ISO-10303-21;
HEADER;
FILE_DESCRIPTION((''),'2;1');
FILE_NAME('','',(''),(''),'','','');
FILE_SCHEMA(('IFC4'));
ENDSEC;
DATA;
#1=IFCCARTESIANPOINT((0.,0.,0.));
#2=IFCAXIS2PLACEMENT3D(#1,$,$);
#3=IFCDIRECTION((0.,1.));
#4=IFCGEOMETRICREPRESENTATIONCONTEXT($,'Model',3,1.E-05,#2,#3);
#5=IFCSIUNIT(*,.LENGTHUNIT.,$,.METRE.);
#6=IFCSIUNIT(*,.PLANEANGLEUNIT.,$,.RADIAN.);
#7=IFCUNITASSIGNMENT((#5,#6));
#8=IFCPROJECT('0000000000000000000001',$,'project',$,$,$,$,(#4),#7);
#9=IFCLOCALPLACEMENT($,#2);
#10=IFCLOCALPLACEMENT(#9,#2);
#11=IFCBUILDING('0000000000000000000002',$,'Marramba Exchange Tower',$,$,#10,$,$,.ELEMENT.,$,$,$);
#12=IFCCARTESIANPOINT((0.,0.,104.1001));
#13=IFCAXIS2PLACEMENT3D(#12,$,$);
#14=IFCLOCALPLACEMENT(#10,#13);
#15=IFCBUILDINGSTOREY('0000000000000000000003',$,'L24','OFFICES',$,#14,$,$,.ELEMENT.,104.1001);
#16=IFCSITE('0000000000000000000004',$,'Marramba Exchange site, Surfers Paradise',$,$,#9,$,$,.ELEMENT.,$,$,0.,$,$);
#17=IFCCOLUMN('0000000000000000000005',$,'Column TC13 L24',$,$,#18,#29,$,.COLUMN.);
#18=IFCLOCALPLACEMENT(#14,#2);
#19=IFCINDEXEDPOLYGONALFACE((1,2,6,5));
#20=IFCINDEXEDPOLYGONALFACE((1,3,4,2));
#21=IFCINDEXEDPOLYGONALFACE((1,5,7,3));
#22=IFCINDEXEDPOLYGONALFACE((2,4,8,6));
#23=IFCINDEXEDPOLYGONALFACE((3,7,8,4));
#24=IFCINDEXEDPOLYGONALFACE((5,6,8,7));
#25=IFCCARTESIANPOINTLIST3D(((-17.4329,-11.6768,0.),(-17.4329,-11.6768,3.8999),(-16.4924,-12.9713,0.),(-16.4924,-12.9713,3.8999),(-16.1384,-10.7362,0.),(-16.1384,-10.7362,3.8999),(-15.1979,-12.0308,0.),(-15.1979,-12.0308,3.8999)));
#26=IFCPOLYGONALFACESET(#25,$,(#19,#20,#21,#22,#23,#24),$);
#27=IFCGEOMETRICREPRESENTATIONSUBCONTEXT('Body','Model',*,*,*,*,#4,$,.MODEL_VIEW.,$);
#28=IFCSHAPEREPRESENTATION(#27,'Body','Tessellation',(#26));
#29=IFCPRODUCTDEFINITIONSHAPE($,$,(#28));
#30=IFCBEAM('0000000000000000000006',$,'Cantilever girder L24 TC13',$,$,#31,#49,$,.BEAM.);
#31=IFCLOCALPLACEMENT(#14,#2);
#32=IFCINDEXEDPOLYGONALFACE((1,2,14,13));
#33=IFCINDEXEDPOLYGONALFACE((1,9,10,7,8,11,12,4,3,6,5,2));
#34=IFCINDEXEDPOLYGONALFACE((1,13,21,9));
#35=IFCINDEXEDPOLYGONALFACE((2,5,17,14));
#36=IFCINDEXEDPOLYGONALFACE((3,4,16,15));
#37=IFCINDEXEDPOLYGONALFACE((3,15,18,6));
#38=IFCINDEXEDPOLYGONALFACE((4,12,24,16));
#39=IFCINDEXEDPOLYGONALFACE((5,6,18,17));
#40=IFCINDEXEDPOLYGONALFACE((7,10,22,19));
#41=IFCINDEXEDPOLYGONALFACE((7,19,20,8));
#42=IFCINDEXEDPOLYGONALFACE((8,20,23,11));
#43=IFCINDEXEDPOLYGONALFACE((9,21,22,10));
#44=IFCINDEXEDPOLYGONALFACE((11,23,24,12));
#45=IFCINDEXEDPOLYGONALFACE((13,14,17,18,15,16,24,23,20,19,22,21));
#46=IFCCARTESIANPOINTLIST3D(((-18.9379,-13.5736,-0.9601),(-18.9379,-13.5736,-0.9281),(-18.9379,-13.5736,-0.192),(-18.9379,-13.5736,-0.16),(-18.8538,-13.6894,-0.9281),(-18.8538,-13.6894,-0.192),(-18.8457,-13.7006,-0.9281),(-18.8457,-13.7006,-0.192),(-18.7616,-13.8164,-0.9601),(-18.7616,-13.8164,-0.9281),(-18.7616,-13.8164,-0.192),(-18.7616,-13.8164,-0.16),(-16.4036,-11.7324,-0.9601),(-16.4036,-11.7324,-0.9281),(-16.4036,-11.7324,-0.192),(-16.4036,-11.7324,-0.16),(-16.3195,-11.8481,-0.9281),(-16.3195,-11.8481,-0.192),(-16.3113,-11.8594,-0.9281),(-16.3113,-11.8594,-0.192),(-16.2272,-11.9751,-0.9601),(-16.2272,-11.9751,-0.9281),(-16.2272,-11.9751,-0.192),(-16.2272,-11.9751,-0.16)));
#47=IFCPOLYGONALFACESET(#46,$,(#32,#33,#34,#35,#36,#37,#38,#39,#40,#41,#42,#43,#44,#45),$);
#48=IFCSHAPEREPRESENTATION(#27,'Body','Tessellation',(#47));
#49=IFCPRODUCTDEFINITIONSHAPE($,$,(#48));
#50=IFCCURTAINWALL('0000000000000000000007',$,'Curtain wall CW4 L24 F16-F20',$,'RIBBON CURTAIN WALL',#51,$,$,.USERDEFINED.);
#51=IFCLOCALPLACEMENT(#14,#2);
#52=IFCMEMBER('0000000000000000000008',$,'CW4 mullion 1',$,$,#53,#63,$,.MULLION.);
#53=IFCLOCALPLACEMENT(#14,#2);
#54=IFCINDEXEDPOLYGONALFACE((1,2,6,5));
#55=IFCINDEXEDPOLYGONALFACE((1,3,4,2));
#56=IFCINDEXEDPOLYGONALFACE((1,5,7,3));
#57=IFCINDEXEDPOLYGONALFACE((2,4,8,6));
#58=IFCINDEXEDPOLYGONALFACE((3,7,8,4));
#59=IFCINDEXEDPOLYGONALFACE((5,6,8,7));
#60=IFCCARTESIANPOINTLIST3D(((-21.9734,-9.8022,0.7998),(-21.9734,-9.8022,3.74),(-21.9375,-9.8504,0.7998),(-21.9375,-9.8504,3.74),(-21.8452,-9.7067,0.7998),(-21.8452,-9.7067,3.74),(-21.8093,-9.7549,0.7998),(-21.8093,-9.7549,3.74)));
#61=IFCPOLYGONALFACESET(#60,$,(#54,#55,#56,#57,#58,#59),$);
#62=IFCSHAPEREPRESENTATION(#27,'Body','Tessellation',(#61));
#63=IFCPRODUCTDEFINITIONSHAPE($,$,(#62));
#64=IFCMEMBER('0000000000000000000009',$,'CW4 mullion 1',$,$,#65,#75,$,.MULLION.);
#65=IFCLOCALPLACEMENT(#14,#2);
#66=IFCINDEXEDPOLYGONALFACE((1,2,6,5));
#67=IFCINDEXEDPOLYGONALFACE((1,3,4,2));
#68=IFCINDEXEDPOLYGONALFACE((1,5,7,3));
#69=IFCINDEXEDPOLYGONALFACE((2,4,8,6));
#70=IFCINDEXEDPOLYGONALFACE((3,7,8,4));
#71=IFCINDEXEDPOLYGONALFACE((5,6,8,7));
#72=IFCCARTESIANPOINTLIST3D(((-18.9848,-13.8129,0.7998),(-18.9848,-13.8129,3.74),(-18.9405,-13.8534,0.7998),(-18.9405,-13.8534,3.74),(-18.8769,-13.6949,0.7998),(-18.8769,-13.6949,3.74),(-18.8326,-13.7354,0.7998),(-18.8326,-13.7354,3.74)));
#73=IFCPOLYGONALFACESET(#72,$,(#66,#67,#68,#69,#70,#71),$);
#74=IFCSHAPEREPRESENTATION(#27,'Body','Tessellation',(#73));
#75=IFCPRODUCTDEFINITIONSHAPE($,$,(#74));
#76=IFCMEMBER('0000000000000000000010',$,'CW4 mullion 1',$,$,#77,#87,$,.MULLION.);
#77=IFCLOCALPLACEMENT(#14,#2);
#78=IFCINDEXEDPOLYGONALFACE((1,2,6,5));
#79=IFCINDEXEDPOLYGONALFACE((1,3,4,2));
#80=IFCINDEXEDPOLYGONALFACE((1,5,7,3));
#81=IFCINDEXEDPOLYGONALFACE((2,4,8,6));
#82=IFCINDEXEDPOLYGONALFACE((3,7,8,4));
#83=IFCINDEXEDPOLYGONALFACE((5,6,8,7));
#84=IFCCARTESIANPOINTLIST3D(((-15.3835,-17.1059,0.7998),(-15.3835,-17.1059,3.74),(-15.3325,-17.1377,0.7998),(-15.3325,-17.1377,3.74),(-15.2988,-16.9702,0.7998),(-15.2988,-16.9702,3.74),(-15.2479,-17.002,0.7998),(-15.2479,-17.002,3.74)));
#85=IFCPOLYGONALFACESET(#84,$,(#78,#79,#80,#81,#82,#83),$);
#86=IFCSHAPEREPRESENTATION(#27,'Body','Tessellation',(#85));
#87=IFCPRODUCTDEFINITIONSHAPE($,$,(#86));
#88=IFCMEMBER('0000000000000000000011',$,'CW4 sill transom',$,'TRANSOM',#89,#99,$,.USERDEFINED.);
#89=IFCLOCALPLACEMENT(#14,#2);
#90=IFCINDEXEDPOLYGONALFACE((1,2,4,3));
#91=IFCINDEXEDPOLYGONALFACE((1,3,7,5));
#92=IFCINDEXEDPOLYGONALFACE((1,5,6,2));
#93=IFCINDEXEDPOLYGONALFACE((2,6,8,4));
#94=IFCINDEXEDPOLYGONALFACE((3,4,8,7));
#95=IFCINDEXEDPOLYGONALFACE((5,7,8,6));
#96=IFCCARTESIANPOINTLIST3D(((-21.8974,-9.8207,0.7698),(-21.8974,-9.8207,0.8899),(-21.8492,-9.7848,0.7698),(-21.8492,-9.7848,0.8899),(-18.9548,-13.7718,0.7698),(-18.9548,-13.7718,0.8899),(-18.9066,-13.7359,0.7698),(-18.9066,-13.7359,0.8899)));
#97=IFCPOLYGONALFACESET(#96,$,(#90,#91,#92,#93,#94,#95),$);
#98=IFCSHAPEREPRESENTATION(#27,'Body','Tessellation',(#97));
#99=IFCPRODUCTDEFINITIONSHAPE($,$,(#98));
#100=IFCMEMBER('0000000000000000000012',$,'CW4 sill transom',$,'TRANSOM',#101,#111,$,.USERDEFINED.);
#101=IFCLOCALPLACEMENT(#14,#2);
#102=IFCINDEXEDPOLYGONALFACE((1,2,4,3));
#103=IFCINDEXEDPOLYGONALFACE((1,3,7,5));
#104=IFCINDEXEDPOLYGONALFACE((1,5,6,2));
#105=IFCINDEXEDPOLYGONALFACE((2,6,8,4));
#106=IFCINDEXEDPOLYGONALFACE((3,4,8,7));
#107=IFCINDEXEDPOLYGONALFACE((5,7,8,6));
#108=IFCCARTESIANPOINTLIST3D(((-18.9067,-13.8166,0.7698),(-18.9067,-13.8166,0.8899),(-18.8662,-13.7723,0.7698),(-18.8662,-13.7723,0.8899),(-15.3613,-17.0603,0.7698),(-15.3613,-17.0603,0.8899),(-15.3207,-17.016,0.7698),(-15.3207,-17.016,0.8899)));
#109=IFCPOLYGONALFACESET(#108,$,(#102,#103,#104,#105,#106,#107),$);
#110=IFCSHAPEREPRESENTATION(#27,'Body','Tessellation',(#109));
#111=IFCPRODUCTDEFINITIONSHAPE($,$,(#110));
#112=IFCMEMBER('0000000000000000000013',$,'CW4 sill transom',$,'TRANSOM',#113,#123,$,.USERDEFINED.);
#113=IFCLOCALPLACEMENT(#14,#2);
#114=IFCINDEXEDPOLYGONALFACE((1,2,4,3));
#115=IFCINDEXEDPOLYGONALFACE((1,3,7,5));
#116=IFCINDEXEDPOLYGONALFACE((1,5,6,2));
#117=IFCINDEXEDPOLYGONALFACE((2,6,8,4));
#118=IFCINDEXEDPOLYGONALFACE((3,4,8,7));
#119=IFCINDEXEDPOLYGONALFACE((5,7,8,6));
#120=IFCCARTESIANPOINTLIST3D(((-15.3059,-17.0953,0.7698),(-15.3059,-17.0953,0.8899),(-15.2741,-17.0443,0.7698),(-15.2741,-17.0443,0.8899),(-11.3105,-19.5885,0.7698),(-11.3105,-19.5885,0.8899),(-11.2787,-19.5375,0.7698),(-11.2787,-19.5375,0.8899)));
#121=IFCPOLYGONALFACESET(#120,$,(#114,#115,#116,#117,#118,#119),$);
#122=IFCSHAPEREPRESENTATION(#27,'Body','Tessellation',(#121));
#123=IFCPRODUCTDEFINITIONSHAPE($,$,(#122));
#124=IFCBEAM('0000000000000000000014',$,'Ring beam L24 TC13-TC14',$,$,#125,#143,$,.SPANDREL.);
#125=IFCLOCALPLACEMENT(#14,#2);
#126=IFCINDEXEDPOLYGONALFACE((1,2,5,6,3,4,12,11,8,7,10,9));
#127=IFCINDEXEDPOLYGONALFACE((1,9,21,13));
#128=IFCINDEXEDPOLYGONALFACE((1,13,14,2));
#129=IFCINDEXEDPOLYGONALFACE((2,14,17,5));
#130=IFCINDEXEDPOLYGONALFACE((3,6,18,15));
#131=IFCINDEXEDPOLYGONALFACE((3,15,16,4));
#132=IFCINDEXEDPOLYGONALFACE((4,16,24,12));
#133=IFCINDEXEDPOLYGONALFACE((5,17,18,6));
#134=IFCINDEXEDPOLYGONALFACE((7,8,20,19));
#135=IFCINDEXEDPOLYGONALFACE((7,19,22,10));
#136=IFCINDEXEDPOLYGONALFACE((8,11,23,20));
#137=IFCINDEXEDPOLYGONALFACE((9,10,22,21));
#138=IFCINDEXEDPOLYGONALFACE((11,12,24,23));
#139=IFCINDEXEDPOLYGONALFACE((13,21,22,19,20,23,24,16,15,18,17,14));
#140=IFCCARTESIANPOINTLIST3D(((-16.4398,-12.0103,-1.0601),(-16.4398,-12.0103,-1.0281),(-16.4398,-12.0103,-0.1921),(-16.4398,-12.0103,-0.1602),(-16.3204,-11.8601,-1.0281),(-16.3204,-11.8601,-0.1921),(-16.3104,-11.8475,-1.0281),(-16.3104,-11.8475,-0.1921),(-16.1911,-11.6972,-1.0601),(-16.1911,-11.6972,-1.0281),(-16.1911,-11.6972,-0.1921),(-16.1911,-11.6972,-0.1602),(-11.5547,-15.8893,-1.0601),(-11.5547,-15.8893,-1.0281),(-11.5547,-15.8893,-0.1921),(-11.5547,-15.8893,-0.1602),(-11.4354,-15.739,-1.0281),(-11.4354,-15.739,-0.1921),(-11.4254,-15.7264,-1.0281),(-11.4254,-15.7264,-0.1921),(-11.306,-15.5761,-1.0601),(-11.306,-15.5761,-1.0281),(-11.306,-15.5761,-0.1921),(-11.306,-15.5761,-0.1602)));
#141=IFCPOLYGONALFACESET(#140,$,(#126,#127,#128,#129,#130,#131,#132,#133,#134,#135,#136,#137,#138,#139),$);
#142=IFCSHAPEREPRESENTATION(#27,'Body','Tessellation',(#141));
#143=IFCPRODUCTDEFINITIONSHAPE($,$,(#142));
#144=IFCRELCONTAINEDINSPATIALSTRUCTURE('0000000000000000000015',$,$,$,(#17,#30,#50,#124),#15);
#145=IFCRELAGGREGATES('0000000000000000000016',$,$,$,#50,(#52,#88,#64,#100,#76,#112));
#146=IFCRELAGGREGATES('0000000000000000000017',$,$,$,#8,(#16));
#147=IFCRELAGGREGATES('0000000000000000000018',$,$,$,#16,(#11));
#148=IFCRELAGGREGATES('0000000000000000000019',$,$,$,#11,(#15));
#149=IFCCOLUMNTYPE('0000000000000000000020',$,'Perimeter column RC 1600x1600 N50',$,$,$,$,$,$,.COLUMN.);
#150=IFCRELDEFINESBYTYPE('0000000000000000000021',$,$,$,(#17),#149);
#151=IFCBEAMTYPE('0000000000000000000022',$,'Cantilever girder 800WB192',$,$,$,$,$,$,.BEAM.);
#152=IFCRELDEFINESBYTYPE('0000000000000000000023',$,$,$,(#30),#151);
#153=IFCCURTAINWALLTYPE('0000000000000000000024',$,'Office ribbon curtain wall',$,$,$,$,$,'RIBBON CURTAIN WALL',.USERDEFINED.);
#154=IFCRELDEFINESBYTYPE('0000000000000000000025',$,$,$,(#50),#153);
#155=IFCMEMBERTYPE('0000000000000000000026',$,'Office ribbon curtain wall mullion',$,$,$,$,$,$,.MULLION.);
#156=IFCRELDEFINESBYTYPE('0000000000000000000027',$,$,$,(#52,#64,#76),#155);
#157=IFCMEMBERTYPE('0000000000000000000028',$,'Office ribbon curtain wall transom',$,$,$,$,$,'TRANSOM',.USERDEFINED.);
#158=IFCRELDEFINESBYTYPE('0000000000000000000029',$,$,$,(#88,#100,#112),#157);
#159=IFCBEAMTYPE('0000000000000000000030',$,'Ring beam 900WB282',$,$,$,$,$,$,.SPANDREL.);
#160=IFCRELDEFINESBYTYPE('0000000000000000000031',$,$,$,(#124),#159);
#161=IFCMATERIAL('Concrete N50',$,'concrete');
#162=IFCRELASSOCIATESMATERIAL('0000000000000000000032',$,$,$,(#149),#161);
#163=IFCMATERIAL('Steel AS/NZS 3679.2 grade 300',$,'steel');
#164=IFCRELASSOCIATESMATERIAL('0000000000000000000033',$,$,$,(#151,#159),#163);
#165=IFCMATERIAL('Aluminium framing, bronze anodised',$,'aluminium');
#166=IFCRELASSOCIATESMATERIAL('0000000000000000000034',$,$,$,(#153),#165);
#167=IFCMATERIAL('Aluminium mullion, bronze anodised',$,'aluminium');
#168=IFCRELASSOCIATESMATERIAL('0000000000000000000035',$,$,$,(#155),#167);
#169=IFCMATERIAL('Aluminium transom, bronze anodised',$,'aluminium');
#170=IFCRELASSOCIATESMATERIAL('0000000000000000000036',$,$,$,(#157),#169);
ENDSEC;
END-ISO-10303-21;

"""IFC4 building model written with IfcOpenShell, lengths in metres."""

from ifc_helpers import new_model, si_unit, direction, frame, origin, origin_2d, place, context, subcontext, project, spatial, rectangle, i_section, extrude, material, material_profile, profile_set, type_object, element, aggregate, save


model = new_model("IFC4")

# Units and contexts
model_context = context("Model", 3, precision=1e-05, world=origin(), true_north=direction((0.0, 1.0)))
body_context = subcontext(model_context, "Body", "Model", "MODEL_VIEW")
ifc_project = project(units=[si_unit("LENGTHUNIT", "METRE"), si_unit("PLANEANGLEUNIT", "RADIAN")], contexts=[model_context])

# Site, building, storey
site_placement = place(None, origin())
site = spatial("IfcSite", under=ifc_project, at=site_placement, Name="Marramba Exchange site, Surfers Paradise", CompositionType="ELEMENT", RefElevation=0.0)
building_placement = place(site_placement, origin())
building = spatial("IfcBuilding", under=site, at=building_placement, Name="Marramba Exchange Tower", CompositionType="ELEMENT")
storey_placement = place(building_placement, frame((0.0, 0.0, 104.1001)))
storey = spatial("IfcBuildingStorey", under=building, at=storey_placement, Name="L24", Description="OFFICES", CompositionType="ELEMENT", Elevation=104.1001)

# Column
ifc_material_1 = material(Name="Concrete N50", Category="concrete")
ifc_material_profile_1 = material_profile(ifc_material_1, rectangle(XDim=1.6001, YDim=1.6001, at=origin_2d()), Name="RC 1600x1600")
ifc_profile_set_1 = profile_set([ifc_material_profile_1], Name="Concrete N50")
column_type = type_object("IfcColumnType", Name="Perimeter column RC 1600x1600 N50", PredefinedType="COLUMN", material=ifc_profile_set_1)
column_placement = place(storey_placement, frame((-16.3154, -11.8538, 0.0), z_axis=(0.0, 0.0, 1.0), x_axis=(-0.809017, -0.587785, 0.0)))
element("IfcColumn", 1, at=column_placement, inside=storey, type_object=column_type, Name="Column TC13 L24", PredefinedType="COLUMN", context=body_context, shape_type="SweptSolid", body=[
    extrude(rectangle(XDim=1.6001, YDim=1.6001, at=origin_2d()), origin(), (0.0, 0.0, 1.0), 3.8999),
])

# Beam
ifc_material_2 = material(Name="Steel AS/NZS 3679.2 grade 300", Category="steel")
ifc_material_profile_2 = material_profile(ifc_material_2, i_section(OverallWidth=0.3, OverallDepth=0.8, WebThickness=0.0139, FlangeThickness=0.032, at=origin_2d()), Name="800WB192")
ifc_profile_set_2 = profile_set([ifc_material_profile_2], Name="Steel AS/NZS 3679.2 grade 300")
beam_type_1 = type_object("IfcBeamType", Name="Cantilever girder 800WB192", PredefinedType="BEAM", material=ifc_profile_set_2)
beam_1_placement = place(storey_placement, frame((-16.3154, -11.8538, -0.5601), z_axis=(-0.809026, -0.587773, 0.0), x_axis=(0.587773, -0.809026, 0.0)))
element("IfcBeam", 2, at=beam_1_placement, inside=storey, type_object=beam_type_1, Name="Cantilever girder L24 TC13", PredefinedType="BEAM", context=body_context, shape_type="SweptSolid", body=[
    extrude(i_section(OverallWidth=0.3, OverallDepth=0.8, WebThickness=0.0139, FlangeThickness=0.032, at=origin_2d()), origin(), (0.0, 0.0, 1.0), 3.1326),
])

# Curtain wall, members
ifc_material_3 = material(Name="Aluminium framing, bronze anodised", Category="aluminium")
curtain_wall_type = type_object("IfcCurtainWallType", Name="Office ribbon curtain wall", ElementType="RIBBON CURTAIN WALL", PredefinedType="USERDEFINED", material=ifc_material_3)
curtain_wall_placement = place(storey_placement, origin())
curtain_wall = element("IfcCurtainWall", 3, at=curtain_wall_placement, inside=storey, type_object=curtain_wall_type, Name="Curtain wall CW4 L24 F16-F20", ObjectType="RIBBON CURTAIN WALL", PredefinedType="USERDEFINED")
ifc_material_4 = material(Name="Aluminium mullion, bronze anodised", Category="aluminium")
ifc_material_profile_3 = material_profile(ifc_material_4, rectangle(XDim=0.1599, YDim=0.0601, at=origin_2d()), Name="CW4 mullion 60x160")
ifc_profile_set_3 = profile_set([ifc_material_profile_3], Name="Aluminium mullion, bronze anodised")
member_type_1 = type_object("IfcMemberType", Name="Office ribbon curtain wall mullion", PredefinedType="MULLION", material=ifc_profile_set_3)
member_1_placement = place(storey_placement, frame((-21.8914, -9.7786, 0.7998), z_axis=(0.0, 0.0, 1.0), x_axis=(0.802014, 0.597305, 0.0)))
member_1 = element("IfcMember", 4, at=member_1_placement, type_object=member_type_1, Name="CW4 mullion 1", PredefinedType="MULLION", context=body_context, shape_type="SweptSolid", body=[
    extrude(rectangle(XDim=0.1599, YDim=0.0601, at=origin_2d()), origin(), (0.0, 0.0, 1.0), 2.9402),
])
member_2_placement = place(storey_placement, frame((-18.9087, -13.7742, 0.7998), z_axis=(0.0, 0.0, 1.0), x_axis=(0.674995, 0.737822, 0.0)))
member_2 = element("IfcMember", 5, at=member_2_placement, type_object=member_type_1, Name="CW4 mullion 1", PredefinedType="MULLION", context=body_context, shape_type="SweptSolid", body=[
    extrude(rectangle(XDim=0.1599, YDim=0.0601, at=origin_2d()), origin(), (0.0, 0.0, 1.0), 2.9402),
])
member_3_placement = place(storey_placement, frame((-15.3157, -17.054, 0.7998), z_axis=(0.0, 0.0, 1.0), x_axis=(0.529428, 0.848355, 0.0)))
member_3 = element("IfcMember", 6, at=member_3_placement, type_object=member_type_1, Name="CW4 mullion 1", PredefinedType="MULLION", context=body_context, shape_type="SweptSolid", body=[
    extrude(rectangle(XDim=0.1599, YDim=0.0601, at=origin_2d()), origin(), (0.0, 0.0, 1.0), 2.9402),
])
ifc_material_5 = material(Name="Aluminium transom, bronze anodised", Category="aluminium")
ifc_material_profile_4 = material_profile(ifc_material_5, rectangle(XDim=0.0601, YDim=0.1201, at=origin_2d()), Name="CW4 transom 60x120")
ifc_profile_set_4 = profile_set([ifc_material_profile_4], Name="Aluminium transom, bronze anodised")
member_type_2 = type_object("IfcMemberType", Name="Office ribbon curtain wall transom", ElementType="TRANSOM", PredefinedType="USERDEFINED", material=ifc_profile_set_4)
member_4_placement = place(storey_placement, frame((-21.8733, -9.8027, 0.8298), z_axis=(0.597301, -0.802017, 0.0), x_axis=(0.802017, 0.597301, 0.0)))
member_4 = element("IfcMember", 7, at=member_4_placement, type_object=member_type_2, Name="CW4 sill transom", ObjectType="TRANSOM", PredefinedType="USERDEFINED", context=body_context, shape_type="SweptSolid", body=[
    extrude(rectangle(XDim=0.0601, YDim=0.1201, at=origin_2d()), origin(), (0.0, 0.0, 1.0), 4.9265),
])
member_5_placement = place(storey_placement, frame((-18.8865, -13.7944, 0.8298), z_axis=(0.737808, -0.675011, 0.0), x_axis=(0.675011, 0.737808, 0.0)))
member_5 = element("IfcMember", 8, at=member_5_placement, type_object=member_type_2, Name="CW4 sill transom", ObjectType="TRANSOM", PredefinedType="USERDEFINED", context=body_context, shape_type="SweptSolid", body=[
    extrude(rectangle(XDim=0.0601, YDim=0.1201, at=origin_2d()), origin(), (0.0, 0.0, 1.0), 4.8054),
])
member_6_placement = place(storey_placement, frame((-15.29, -17.0698, 0.8298), z_axis=(0.848374, -0.529398, 0.0), x_axis=(0.529398, 0.848374, 0.0)))
member_6 = element("IfcMember", 9, at=member_6_placement, type_object=member_type_2, Name="CW4 sill transom", ObjectType="TRANSOM", PredefinedType="USERDEFINED", context=body_context, shape_type="SweptSolid", body=[
    extrude(rectangle(XDim=0.0601, YDim=0.1201, at=origin_2d()), origin(), (0.0, 0.0, 1.0), 4.7095),
])

# Beam
ifc_material_profile_5 = material_profile(ifc_material_2, i_section(OverallWidth=0.3999, OverallDepth=0.8999, WebThickness=0.0161, FlangeThickness=0.032, at=origin_2d()), Name="900WB282")
ifc_profile_set_5 = profile_set([ifc_material_profile_5], Name="Steel AS/NZS 3679.2 grade 300")
beam_type_2 = type_object("IfcBeamType", Name="Ring beam 900WB282", PredefinedType="SPANDREL", material=ifc_profile_set_5)
beam_2_placement = place(storey_placement, frame((-16.3154, -11.8538, -0.6101), z_axis=(0.783139, -0.621846, 0.0), x_axis=(0.621846, 0.783139, 0.0)))
element("IfcBeam", 10, at=beam_2_placement, inside=storey, type_object=beam_type_2, Name="Ring beam L24 TC13-TC14", PredefinedType="SPANDREL", context=body_context, shape_type="SweptSolid", body=[
    extrude(i_section(OverallWidth=0.3999, OverallDepth=0.8999, WebThickness=0.0161, FlangeThickness=0.032, at=origin_2d()), origin(), (0.0, 0.0, 1.0), 6.2378),
])

aggregate(curtain_wall, [member_1, member_4, member_2, member_5, member_3, member_6])

save(model, "model.ifc")
